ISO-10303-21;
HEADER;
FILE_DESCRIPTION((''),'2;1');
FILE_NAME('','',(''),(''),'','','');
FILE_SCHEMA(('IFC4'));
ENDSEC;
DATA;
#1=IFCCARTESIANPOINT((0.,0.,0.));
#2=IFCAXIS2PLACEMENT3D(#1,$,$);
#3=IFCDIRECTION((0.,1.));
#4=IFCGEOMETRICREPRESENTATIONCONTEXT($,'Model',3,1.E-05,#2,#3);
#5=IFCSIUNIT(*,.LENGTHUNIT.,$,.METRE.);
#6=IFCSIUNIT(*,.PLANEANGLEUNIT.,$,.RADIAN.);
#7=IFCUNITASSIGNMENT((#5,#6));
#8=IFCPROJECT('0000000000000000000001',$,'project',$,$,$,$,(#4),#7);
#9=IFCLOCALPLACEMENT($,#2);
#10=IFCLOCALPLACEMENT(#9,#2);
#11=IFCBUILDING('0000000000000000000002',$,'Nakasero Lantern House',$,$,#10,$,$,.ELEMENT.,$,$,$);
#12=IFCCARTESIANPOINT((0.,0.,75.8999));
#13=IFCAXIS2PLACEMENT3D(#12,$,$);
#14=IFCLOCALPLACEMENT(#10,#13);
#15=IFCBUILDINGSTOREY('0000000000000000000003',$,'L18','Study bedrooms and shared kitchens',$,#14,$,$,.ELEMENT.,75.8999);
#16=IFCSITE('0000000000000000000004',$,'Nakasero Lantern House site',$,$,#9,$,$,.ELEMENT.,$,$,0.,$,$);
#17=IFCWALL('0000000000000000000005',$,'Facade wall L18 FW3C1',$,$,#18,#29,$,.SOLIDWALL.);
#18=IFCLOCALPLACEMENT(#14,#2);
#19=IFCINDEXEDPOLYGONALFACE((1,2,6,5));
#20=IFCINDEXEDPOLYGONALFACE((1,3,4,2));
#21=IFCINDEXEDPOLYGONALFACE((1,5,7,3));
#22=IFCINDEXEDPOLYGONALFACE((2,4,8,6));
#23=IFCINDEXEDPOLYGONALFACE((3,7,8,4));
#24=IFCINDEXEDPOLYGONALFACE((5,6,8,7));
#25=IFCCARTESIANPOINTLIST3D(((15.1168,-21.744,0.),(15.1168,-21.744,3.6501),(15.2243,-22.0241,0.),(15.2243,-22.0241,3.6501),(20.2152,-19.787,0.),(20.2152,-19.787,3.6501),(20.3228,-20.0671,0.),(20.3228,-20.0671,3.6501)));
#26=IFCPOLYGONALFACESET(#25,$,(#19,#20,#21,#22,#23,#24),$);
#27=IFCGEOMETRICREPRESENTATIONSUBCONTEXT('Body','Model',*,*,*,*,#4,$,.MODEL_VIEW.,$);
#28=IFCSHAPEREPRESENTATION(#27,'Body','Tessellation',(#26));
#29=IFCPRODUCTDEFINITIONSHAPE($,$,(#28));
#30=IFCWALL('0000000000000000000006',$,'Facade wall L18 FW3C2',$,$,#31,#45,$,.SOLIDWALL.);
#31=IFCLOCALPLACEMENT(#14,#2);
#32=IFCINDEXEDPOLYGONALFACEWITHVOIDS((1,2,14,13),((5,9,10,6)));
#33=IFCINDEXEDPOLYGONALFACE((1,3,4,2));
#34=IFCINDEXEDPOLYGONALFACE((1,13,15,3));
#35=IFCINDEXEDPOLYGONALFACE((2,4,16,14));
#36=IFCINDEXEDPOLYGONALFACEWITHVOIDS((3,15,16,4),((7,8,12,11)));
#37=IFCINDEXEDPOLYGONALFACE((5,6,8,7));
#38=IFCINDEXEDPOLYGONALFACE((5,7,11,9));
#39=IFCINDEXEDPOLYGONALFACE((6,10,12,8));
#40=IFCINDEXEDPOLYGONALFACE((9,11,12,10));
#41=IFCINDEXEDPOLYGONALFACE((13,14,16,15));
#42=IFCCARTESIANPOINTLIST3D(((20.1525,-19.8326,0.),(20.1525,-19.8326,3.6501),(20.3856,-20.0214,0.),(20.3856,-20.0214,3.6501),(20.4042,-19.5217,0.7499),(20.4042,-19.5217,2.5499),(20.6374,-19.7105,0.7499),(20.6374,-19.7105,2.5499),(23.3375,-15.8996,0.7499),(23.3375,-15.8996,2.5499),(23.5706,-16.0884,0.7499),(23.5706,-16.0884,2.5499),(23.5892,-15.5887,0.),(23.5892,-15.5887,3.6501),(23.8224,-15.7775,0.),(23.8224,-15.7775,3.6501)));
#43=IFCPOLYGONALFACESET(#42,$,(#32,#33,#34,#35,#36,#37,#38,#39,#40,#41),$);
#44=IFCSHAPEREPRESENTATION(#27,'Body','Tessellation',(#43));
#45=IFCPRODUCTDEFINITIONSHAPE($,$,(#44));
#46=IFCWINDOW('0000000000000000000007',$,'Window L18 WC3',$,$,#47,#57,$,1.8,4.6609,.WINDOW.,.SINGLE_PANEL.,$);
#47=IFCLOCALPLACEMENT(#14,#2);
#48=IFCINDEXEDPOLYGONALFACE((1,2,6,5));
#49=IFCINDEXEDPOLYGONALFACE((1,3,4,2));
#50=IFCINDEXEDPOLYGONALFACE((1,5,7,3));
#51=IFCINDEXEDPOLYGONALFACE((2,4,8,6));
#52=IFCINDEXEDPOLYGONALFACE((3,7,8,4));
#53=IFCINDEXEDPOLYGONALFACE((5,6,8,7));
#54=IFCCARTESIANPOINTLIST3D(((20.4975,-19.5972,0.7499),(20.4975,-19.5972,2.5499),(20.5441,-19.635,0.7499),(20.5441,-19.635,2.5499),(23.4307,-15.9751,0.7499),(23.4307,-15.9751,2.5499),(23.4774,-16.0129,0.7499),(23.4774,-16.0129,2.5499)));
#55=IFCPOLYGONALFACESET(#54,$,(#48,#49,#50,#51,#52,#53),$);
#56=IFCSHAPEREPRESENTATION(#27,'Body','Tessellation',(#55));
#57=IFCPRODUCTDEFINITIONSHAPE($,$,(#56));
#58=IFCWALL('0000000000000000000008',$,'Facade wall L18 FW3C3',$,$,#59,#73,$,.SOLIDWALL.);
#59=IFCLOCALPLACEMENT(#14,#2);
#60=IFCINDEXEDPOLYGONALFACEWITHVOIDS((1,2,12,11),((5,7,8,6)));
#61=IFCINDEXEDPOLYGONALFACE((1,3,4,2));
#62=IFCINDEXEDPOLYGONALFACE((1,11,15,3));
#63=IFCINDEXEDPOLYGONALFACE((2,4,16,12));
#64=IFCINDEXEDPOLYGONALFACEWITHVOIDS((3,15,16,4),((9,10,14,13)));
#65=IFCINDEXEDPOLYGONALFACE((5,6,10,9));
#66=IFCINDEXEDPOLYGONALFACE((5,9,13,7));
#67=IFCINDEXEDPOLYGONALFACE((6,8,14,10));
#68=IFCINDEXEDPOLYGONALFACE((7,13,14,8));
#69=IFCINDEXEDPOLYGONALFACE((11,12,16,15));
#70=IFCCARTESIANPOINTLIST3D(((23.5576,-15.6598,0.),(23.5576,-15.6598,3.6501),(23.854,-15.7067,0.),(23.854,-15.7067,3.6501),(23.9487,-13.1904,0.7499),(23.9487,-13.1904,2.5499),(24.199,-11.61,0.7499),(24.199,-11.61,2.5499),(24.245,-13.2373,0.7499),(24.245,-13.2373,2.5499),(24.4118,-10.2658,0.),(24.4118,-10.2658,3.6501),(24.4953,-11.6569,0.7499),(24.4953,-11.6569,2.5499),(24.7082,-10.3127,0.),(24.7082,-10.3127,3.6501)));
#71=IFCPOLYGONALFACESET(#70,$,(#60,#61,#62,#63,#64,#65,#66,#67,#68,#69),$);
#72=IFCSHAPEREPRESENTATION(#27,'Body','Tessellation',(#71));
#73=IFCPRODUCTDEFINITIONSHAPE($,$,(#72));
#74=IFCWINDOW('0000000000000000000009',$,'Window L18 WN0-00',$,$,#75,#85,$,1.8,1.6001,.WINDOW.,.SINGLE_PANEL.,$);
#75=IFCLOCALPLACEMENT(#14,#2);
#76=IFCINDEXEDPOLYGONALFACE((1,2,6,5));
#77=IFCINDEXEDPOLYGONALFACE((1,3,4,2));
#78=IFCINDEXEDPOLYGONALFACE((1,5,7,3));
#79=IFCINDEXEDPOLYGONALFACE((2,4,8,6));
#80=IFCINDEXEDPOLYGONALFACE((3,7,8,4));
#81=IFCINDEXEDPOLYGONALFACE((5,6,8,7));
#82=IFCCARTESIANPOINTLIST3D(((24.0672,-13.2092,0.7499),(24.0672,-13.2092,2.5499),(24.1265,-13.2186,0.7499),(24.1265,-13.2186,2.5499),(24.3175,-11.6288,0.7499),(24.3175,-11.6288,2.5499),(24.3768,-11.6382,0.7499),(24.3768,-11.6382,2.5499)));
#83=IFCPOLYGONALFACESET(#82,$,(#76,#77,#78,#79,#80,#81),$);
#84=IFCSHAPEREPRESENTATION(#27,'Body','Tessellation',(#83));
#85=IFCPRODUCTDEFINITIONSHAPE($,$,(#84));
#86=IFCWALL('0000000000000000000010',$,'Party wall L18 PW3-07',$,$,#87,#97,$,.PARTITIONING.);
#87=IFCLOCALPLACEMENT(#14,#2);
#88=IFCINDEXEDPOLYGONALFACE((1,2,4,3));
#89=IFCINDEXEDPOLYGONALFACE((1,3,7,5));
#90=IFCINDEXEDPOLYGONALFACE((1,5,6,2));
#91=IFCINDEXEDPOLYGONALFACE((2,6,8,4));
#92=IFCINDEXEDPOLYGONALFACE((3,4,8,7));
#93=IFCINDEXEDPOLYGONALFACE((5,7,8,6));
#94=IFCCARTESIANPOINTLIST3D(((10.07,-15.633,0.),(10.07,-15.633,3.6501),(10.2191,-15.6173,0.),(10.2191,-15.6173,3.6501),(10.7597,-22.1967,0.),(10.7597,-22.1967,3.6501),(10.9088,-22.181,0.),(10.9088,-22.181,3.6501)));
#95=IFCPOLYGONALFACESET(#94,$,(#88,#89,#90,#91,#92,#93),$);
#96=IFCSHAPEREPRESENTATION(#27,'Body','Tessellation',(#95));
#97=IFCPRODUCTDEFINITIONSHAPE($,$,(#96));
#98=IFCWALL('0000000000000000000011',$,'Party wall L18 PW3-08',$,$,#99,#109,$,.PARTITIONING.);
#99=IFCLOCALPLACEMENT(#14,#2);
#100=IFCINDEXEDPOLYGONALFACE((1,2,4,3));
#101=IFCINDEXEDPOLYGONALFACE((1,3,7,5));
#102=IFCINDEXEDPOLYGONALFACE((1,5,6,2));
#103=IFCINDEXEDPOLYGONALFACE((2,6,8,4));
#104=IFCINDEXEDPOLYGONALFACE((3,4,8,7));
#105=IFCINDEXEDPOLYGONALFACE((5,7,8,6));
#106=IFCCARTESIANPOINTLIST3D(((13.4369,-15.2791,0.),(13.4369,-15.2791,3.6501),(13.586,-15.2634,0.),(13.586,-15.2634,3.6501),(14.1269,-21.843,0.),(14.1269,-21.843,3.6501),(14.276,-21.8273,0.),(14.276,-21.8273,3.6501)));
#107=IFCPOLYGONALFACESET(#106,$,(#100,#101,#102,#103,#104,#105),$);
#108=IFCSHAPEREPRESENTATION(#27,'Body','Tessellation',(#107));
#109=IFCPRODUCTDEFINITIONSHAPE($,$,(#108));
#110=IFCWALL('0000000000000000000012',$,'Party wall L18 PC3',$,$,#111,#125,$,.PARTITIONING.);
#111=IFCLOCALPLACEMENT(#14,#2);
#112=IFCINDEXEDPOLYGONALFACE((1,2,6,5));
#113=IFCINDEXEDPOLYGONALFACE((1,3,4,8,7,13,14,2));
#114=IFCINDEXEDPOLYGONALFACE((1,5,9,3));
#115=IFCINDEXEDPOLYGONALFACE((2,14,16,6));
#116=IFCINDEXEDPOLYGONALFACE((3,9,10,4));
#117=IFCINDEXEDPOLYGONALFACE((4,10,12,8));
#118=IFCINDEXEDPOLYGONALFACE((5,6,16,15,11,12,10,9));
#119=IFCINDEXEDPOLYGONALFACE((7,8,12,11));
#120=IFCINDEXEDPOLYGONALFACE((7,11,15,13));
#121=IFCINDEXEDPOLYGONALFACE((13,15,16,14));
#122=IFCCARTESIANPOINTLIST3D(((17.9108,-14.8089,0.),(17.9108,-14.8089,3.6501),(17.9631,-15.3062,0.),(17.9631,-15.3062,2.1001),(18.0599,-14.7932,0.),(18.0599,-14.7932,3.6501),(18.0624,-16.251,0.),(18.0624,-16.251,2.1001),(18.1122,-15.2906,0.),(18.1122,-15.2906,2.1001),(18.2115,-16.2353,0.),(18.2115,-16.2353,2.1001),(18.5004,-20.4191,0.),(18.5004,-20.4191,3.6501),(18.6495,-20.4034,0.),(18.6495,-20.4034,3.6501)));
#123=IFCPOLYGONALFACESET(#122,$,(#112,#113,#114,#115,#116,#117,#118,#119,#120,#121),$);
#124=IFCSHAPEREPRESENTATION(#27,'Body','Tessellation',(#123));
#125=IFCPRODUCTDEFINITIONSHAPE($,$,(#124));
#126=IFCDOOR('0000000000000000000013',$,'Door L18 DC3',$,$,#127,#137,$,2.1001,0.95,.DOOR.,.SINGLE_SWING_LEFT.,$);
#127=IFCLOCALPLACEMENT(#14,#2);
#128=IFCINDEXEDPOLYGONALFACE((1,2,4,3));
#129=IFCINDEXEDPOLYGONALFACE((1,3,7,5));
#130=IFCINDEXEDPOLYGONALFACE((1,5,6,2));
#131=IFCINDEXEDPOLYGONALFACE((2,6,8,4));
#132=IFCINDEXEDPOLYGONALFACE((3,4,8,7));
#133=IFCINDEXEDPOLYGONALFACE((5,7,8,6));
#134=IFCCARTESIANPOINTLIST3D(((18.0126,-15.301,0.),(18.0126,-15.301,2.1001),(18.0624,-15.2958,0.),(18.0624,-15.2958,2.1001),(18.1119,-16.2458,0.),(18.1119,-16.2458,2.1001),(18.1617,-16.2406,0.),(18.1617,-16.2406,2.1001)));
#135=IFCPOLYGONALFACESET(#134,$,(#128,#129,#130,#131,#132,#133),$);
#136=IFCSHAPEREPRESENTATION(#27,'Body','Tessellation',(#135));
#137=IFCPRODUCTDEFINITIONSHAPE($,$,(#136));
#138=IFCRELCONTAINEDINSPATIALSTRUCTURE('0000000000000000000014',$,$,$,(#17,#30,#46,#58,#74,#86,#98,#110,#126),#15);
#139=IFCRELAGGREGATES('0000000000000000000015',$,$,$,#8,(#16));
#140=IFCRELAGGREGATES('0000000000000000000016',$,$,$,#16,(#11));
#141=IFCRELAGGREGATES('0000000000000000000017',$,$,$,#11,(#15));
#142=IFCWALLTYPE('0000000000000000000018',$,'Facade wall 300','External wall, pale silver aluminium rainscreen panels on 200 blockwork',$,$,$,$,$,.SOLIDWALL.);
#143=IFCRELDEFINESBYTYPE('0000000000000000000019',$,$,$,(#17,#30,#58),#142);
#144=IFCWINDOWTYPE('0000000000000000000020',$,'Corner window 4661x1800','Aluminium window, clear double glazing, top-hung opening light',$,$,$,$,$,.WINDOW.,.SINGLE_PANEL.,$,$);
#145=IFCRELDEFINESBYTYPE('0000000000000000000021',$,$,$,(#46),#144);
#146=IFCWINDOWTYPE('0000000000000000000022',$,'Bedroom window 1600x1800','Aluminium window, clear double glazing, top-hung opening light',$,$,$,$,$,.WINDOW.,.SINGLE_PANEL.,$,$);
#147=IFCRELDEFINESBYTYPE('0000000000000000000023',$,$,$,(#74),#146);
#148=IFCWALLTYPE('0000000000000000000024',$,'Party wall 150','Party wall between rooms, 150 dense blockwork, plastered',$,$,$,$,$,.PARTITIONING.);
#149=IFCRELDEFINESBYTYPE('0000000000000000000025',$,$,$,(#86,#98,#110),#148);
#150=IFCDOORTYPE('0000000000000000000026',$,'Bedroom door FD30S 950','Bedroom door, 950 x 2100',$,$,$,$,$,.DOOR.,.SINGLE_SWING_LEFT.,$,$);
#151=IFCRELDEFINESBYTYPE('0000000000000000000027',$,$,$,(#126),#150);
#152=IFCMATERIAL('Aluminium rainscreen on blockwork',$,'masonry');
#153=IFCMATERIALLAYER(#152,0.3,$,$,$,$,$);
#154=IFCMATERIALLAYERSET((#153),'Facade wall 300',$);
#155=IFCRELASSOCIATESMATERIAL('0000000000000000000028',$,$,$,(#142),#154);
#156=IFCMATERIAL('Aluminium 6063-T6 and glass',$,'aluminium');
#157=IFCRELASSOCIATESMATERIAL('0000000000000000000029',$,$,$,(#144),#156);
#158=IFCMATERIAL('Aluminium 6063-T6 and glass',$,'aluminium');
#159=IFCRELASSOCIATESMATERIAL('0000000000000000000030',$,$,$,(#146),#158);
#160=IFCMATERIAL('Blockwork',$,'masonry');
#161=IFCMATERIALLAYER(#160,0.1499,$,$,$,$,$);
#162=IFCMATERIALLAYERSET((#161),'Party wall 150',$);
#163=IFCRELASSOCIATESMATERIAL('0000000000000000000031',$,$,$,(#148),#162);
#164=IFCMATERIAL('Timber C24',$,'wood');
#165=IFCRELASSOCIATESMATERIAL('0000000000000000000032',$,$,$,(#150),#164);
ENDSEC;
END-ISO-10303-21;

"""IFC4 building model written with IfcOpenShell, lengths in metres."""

from ifc_helpers import new_model, si_unit, direction, frame, frame_2d, origin, place, context, subcontext, project, spatial, rectangle, extrude, material, layer, layer_set, type_object, element, fill, save


model = new_model("IFC4")

# Units and contexts
model_context = context("Model", 3, precision=1e-05, world=origin(), true_north=direction((0.0, 1.0)))
body_context = subcontext(model_context, "Body", "Model", "MODEL_VIEW")
ifc_project = project(units=[si_unit("LENGTHUNIT", "METRE"), si_unit("PLANEANGLEUNIT", "RADIAN")], contexts=[model_context])

# Site, building, storey
site_placement = place(None, origin())
site = spatial("IfcSite", under=ifc_project, at=site_placement, Name="Nakasero Lantern House site", CompositionType="ELEMENT", RefElevation=0.0)
building_placement = place(site_placement, origin())
building = spatial("IfcBuilding", under=site, at=building_placement, Name="Nakasero Lantern House", CompositionType="ELEMENT")
storey_placement = place(building_placement, frame((0.0, 0.0, 75.8999)))
storey = spatial("IfcBuildingStorey", under=building, at=storey_placement, Name="L18", Description="Study bedrooms and shared kitchens", CompositionType="ELEMENT", Elevation=75.8999)

# Wall
ifc_material_1 = material(Name="Aluminium rainscreen on blockwork", Category="masonry")
ifc_layer_1 = layer(ifc_material_1, 0.3)
ifc_layer_set_1 = layer_set([ifc_layer_1], Name="Facade wall 300")
wall_type_1 = type_object("IfcWallType", Name="Facade wall 300", Description="External wall, pale silver aluminium rainscreen panels on 200 blockwork", PredefinedType="SOLIDWALL", material=ifc_layer_set_1)
wall_1_placement = place(storey_placement, frame((15.1707, -21.884, 0.0), z_axis=(0.0, 0.0, 1.0), x_axis=(0.933584, 0.358359, 0.0)))
element("IfcWall", 1, at=wall_1_placement, inside=storey, type_object=wall_type_1, Name="Facade wall L18 FW3C1", PredefinedType="SOLIDWALL", context=body_context, shape_type="SweptSolid", body=[
    extrude(rectangle(XDim=5.4612, YDim=0.3, at=frame_2d((2.7305, 0.0))), origin(), (0.0, 0.0, 1.0), 3.6501),
])

# Walls, openings, windows
wall_2_placement = place(storey_placement, frame((20.269, -19.927, 0.0), z_axis=(0.0, 0.0, 1.0), x_axis=(0.629335, 0.777135, 0.0)))
wall_2 = element("IfcWall", 2, at=wall_2_placement, inside=storey, type_object=wall_type_1, Name="Facade wall L18 FW3C2", PredefinedType="SOLIDWALL", context=body_context, shape_type="SweptSolid", body=[
    extrude(rectangle(XDim=5.4609, YDim=0.3, at=frame_2d((2.7305, 0.0))), origin(), (0.0, 0.0, 1.0), 3.6501),
])
opening_1_placement = place(wall_2_placement, frame((0.3999, 0.0, 0.75)))
opening_1 = element("IfcOpeningElement", 3, at=opening_1_placement, cuts=wall_2, PredefinedType="OPENING", context=body_context, shape_type="SweptSolid", body=[
    extrude(rectangle(XDim=4.6609, YDim=1.8, at=frame_2d((2.3306, 0.8999))), frame((0.0, 0.1699, 0.0), z_axis=(0.0, -1.0, 0.0), x_axis=(1.0, 0.0, 0.0)), (0.0, 0.0, 1.0), 0.3401),
])
ifc_material_2 = material(Name="Aluminium 6063-T6 and glass", Category="aluminium")
window_type_1 = type_object("IfcWindowType", Name="Corner window 4661x1800", Description="Aluminium window, clear double glazing, top-hung opening light", PartitioningType="SINGLE_PANEL", PredefinedType="WINDOW", material=ifc_material_2)
window_1_placement = place(opening_1_placement, origin())
window_1 = element("IfcWindow", 4, at=window_1_placement, inside=storey, type_object=window_type_1, Name="Window L18 WC3", OverallHeight=1.8, OverallWidth=4.6609, PartitioningType="SINGLE_PANEL", PredefinedType="WINDOW", context=body_context, shape_type="SweptSolid", body=[
    extrude(rectangle(XDim=4.6609, YDim=1.8, at=frame_2d((2.3306, 0.8999))), frame((0.0, 0.03, 0.0), z_axis=(0.0, -1.0, 0.0), x_axis=(1.0, 0.0, 0.0)), (0.0, 0.0, 1.0), 0.0601),
])
fill(opening_1, window_1)
wall_3_placement = place(storey_placement, frame((23.7058, -15.6831, 0.0), z_axis=(0.0, 0.0, 1.0), x_axis=(0.156419, 0.987691, 0.0)))
wall_3 = element("IfcWall", 5, at=wall_3_placement, inside=storey, type_object=wall_type_1, Name="Facade wall L18 FW3C3", PredefinedType="SOLIDWALL", context=body_context, shape_type="SweptSolid", body=[
    extrude(rectangle(XDim=5.4612, YDim=0.3, at=frame_2d((2.7305, 0.0))), origin(), (0.0, 0.0, 1.0), 3.6501),
])
opening_2_placement = place(wall_3_placement, frame((2.5, 0.0, 0.75)))
opening_2 = element("IfcOpeningElement", 6, at=opening_2_placement, cuts=wall_3, PredefinedType="OPENING", context=body_context, shape_type="SweptSolid", body=[
    extrude(rectangle(XDim=1.6001, YDim=1.8, at=frame_2d((0.8, 0.8999))), frame((0.0, 0.1699, 0.0), z_axis=(0.0, -1.0, 0.0), x_axis=(1.0, 0.0, 0.0)), (0.0, 0.0, 1.0), 0.3401),
])
ifc_material_3 = material(Name="Aluminium 6063-T6 and glass", Category="aluminium")
window_type_2 = type_object("IfcWindowType", Name="Bedroom window 1600x1800", Description="Aluminium window, clear double glazing, top-hung opening light", PartitioningType="SINGLE_PANEL", PredefinedType="WINDOW", material=ifc_material_3)
window_2_placement = place(opening_2_placement, origin())
window_2 = element("IfcWindow", 7, at=window_2_placement, inside=storey, type_object=window_type_2, Name="Window L18 WN0-00", OverallHeight=1.8, OverallWidth=1.6001, PartitioningType="SINGLE_PANEL", PredefinedType="WINDOW", context=body_context, shape_type="SweptSolid", body=[
    extrude(rectangle(XDim=1.6001, YDim=1.8, at=frame_2d((0.8, 0.8999))), frame((0.0, 0.03, 0.0), z_axis=(0.0, -1.0, 0.0), x_axis=(1.0, 0.0, 0.0)), (0.0, 0.0, 1.0), 0.0601),
])
fill(opening_2, window_2)

# Walls
ifc_material_4 = material(Name="Blockwork", Category="masonry")
ifc_layer_2 = layer(ifc_material_4, 0.1499)
ifc_layer_set_2 = layer_set([ifc_layer_2], Name="Party wall 150")
wall_type_2 = type_object("IfcWallType", Name="Party wall 150", Description="Party wall between rooms, 150 dense blockwork, plastered", PredefinedType="PARTITIONING", material=ifc_layer_set_2)
wall_4_placement = place(storey_placement, frame((10.1445, -15.6252, 0.0), z_axis=(0.0, 0.0, 1.0), x_axis=(0.104502, -0.994525, 0.0)))
element("IfcWall", 8, at=wall_4_placement, inside=storey, type_object=wall_type_2, Name="Party wall L18 PW3-07", PredefinedType="PARTITIONING", context=body_context, shape_type="SweptSolid", body=[
    extrude(rectangle(XDim=6.5999, YDim=0.1499, at=frame_2d((3.2998, 0.0))), origin(), (0.0, 0.0, 1.0), 3.6501),
])
wall_5_placement = place(storey_placement, frame((13.5115, -15.2712, 0.0), z_axis=(0.0, 0.0, 1.0), x_axis=(0.104535, -0.994521, 0.0)))
element("IfcWall", 9, at=wall_5_placement, inside=storey, type_object=wall_type_2, Name="Party wall L18 PW3-08", PredefinedType="PARTITIONING", context=body_context, shape_type="SweptSolid", body=[
    extrude(rectangle(XDim=6.6001, YDim=0.1499, at=frame_2d((3.3, 0.0))), origin(), (0.0, 0.0, 1.0), 3.6501),
])

# Wall, opening, door
wall_6_placement = place(storey_placement, frame((17.9854, -14.801, 0.0), z_axis=(0.0, 0.0, 1.0), x_axis=(0.10452, -0.994523, 0.0)))
wall_6 = element("IfcWall", 10, at=wall_6_placement, inside=storey, type_object=wall_type_2, Name="Party wall L18 PC3", PredefinedType="PARTITIONING", context=body_context, shape_type="SweptSolid", body=[
    extrude(rectangle(XDim=5.6411, YDim=0.1499, at=frame_2d((2.8206, 0.0))), origin(), (0.0, 0.0, 1.0), 3.6501),
])
opening_3_placement = place(wall_6_placement, frame((0.5, 0.0, 0.0)))
opening_3 = element("IfcOpeningElement", 11, at=opening_3_placement, cuts=wall_6, PredefinedType="OPENING", context=body_context, shape_type="SweptSolid", body=[
    extrude(rectangle(XDim=0.95, YDim=2.1001, at=frame_2d((0.4751, 1.05))), frame((0.0, 0.095, 0.0), z_axis=(0.0, -1.0, 0.0), x_axis=(1.0, 0.0, 0.0)), (0.0, 0.0, 1.0), 0.1899),
])
ifc_material_5 = material(Name="Timber C24", Category="wood")
door_type_1 = type_object("IfcDoorType", Name="Bedroom door FD30S 950", Description="Bedroom door, 950 x 2100", OperationType="SINGLE_SWING_LEFT", PredefinedType="DOOR", material=ifc_material_5)
door_1_placement = place(opening_3_placement, origin())
door_1 = element("IfcDoor", 12, at=door_1_placement, inside=storey, type_object=door_type_1, Name="Door L18 DC3", OperationType="SINGLE_SWING_LEFT", OverallHeight=2.1001, OverallWidth=0.95, PredefinedType="DOOR", context=body_context, shape_type="SweptSolid", body=[
    extrude(rectangle(XDim=0.95, YDim=2.1001, at=frame_2d((0.4751, 1.05))), frame((0.0, 0.0249, 0.0), z_axis=(0.0, -1.0, 0.0), x_axis=(1.0, 0.0, 0.0)), (0.0, 0.0, 1.0), 0.05),
])
fill(opening_3, door_1)

save(model, "model.ifc")
